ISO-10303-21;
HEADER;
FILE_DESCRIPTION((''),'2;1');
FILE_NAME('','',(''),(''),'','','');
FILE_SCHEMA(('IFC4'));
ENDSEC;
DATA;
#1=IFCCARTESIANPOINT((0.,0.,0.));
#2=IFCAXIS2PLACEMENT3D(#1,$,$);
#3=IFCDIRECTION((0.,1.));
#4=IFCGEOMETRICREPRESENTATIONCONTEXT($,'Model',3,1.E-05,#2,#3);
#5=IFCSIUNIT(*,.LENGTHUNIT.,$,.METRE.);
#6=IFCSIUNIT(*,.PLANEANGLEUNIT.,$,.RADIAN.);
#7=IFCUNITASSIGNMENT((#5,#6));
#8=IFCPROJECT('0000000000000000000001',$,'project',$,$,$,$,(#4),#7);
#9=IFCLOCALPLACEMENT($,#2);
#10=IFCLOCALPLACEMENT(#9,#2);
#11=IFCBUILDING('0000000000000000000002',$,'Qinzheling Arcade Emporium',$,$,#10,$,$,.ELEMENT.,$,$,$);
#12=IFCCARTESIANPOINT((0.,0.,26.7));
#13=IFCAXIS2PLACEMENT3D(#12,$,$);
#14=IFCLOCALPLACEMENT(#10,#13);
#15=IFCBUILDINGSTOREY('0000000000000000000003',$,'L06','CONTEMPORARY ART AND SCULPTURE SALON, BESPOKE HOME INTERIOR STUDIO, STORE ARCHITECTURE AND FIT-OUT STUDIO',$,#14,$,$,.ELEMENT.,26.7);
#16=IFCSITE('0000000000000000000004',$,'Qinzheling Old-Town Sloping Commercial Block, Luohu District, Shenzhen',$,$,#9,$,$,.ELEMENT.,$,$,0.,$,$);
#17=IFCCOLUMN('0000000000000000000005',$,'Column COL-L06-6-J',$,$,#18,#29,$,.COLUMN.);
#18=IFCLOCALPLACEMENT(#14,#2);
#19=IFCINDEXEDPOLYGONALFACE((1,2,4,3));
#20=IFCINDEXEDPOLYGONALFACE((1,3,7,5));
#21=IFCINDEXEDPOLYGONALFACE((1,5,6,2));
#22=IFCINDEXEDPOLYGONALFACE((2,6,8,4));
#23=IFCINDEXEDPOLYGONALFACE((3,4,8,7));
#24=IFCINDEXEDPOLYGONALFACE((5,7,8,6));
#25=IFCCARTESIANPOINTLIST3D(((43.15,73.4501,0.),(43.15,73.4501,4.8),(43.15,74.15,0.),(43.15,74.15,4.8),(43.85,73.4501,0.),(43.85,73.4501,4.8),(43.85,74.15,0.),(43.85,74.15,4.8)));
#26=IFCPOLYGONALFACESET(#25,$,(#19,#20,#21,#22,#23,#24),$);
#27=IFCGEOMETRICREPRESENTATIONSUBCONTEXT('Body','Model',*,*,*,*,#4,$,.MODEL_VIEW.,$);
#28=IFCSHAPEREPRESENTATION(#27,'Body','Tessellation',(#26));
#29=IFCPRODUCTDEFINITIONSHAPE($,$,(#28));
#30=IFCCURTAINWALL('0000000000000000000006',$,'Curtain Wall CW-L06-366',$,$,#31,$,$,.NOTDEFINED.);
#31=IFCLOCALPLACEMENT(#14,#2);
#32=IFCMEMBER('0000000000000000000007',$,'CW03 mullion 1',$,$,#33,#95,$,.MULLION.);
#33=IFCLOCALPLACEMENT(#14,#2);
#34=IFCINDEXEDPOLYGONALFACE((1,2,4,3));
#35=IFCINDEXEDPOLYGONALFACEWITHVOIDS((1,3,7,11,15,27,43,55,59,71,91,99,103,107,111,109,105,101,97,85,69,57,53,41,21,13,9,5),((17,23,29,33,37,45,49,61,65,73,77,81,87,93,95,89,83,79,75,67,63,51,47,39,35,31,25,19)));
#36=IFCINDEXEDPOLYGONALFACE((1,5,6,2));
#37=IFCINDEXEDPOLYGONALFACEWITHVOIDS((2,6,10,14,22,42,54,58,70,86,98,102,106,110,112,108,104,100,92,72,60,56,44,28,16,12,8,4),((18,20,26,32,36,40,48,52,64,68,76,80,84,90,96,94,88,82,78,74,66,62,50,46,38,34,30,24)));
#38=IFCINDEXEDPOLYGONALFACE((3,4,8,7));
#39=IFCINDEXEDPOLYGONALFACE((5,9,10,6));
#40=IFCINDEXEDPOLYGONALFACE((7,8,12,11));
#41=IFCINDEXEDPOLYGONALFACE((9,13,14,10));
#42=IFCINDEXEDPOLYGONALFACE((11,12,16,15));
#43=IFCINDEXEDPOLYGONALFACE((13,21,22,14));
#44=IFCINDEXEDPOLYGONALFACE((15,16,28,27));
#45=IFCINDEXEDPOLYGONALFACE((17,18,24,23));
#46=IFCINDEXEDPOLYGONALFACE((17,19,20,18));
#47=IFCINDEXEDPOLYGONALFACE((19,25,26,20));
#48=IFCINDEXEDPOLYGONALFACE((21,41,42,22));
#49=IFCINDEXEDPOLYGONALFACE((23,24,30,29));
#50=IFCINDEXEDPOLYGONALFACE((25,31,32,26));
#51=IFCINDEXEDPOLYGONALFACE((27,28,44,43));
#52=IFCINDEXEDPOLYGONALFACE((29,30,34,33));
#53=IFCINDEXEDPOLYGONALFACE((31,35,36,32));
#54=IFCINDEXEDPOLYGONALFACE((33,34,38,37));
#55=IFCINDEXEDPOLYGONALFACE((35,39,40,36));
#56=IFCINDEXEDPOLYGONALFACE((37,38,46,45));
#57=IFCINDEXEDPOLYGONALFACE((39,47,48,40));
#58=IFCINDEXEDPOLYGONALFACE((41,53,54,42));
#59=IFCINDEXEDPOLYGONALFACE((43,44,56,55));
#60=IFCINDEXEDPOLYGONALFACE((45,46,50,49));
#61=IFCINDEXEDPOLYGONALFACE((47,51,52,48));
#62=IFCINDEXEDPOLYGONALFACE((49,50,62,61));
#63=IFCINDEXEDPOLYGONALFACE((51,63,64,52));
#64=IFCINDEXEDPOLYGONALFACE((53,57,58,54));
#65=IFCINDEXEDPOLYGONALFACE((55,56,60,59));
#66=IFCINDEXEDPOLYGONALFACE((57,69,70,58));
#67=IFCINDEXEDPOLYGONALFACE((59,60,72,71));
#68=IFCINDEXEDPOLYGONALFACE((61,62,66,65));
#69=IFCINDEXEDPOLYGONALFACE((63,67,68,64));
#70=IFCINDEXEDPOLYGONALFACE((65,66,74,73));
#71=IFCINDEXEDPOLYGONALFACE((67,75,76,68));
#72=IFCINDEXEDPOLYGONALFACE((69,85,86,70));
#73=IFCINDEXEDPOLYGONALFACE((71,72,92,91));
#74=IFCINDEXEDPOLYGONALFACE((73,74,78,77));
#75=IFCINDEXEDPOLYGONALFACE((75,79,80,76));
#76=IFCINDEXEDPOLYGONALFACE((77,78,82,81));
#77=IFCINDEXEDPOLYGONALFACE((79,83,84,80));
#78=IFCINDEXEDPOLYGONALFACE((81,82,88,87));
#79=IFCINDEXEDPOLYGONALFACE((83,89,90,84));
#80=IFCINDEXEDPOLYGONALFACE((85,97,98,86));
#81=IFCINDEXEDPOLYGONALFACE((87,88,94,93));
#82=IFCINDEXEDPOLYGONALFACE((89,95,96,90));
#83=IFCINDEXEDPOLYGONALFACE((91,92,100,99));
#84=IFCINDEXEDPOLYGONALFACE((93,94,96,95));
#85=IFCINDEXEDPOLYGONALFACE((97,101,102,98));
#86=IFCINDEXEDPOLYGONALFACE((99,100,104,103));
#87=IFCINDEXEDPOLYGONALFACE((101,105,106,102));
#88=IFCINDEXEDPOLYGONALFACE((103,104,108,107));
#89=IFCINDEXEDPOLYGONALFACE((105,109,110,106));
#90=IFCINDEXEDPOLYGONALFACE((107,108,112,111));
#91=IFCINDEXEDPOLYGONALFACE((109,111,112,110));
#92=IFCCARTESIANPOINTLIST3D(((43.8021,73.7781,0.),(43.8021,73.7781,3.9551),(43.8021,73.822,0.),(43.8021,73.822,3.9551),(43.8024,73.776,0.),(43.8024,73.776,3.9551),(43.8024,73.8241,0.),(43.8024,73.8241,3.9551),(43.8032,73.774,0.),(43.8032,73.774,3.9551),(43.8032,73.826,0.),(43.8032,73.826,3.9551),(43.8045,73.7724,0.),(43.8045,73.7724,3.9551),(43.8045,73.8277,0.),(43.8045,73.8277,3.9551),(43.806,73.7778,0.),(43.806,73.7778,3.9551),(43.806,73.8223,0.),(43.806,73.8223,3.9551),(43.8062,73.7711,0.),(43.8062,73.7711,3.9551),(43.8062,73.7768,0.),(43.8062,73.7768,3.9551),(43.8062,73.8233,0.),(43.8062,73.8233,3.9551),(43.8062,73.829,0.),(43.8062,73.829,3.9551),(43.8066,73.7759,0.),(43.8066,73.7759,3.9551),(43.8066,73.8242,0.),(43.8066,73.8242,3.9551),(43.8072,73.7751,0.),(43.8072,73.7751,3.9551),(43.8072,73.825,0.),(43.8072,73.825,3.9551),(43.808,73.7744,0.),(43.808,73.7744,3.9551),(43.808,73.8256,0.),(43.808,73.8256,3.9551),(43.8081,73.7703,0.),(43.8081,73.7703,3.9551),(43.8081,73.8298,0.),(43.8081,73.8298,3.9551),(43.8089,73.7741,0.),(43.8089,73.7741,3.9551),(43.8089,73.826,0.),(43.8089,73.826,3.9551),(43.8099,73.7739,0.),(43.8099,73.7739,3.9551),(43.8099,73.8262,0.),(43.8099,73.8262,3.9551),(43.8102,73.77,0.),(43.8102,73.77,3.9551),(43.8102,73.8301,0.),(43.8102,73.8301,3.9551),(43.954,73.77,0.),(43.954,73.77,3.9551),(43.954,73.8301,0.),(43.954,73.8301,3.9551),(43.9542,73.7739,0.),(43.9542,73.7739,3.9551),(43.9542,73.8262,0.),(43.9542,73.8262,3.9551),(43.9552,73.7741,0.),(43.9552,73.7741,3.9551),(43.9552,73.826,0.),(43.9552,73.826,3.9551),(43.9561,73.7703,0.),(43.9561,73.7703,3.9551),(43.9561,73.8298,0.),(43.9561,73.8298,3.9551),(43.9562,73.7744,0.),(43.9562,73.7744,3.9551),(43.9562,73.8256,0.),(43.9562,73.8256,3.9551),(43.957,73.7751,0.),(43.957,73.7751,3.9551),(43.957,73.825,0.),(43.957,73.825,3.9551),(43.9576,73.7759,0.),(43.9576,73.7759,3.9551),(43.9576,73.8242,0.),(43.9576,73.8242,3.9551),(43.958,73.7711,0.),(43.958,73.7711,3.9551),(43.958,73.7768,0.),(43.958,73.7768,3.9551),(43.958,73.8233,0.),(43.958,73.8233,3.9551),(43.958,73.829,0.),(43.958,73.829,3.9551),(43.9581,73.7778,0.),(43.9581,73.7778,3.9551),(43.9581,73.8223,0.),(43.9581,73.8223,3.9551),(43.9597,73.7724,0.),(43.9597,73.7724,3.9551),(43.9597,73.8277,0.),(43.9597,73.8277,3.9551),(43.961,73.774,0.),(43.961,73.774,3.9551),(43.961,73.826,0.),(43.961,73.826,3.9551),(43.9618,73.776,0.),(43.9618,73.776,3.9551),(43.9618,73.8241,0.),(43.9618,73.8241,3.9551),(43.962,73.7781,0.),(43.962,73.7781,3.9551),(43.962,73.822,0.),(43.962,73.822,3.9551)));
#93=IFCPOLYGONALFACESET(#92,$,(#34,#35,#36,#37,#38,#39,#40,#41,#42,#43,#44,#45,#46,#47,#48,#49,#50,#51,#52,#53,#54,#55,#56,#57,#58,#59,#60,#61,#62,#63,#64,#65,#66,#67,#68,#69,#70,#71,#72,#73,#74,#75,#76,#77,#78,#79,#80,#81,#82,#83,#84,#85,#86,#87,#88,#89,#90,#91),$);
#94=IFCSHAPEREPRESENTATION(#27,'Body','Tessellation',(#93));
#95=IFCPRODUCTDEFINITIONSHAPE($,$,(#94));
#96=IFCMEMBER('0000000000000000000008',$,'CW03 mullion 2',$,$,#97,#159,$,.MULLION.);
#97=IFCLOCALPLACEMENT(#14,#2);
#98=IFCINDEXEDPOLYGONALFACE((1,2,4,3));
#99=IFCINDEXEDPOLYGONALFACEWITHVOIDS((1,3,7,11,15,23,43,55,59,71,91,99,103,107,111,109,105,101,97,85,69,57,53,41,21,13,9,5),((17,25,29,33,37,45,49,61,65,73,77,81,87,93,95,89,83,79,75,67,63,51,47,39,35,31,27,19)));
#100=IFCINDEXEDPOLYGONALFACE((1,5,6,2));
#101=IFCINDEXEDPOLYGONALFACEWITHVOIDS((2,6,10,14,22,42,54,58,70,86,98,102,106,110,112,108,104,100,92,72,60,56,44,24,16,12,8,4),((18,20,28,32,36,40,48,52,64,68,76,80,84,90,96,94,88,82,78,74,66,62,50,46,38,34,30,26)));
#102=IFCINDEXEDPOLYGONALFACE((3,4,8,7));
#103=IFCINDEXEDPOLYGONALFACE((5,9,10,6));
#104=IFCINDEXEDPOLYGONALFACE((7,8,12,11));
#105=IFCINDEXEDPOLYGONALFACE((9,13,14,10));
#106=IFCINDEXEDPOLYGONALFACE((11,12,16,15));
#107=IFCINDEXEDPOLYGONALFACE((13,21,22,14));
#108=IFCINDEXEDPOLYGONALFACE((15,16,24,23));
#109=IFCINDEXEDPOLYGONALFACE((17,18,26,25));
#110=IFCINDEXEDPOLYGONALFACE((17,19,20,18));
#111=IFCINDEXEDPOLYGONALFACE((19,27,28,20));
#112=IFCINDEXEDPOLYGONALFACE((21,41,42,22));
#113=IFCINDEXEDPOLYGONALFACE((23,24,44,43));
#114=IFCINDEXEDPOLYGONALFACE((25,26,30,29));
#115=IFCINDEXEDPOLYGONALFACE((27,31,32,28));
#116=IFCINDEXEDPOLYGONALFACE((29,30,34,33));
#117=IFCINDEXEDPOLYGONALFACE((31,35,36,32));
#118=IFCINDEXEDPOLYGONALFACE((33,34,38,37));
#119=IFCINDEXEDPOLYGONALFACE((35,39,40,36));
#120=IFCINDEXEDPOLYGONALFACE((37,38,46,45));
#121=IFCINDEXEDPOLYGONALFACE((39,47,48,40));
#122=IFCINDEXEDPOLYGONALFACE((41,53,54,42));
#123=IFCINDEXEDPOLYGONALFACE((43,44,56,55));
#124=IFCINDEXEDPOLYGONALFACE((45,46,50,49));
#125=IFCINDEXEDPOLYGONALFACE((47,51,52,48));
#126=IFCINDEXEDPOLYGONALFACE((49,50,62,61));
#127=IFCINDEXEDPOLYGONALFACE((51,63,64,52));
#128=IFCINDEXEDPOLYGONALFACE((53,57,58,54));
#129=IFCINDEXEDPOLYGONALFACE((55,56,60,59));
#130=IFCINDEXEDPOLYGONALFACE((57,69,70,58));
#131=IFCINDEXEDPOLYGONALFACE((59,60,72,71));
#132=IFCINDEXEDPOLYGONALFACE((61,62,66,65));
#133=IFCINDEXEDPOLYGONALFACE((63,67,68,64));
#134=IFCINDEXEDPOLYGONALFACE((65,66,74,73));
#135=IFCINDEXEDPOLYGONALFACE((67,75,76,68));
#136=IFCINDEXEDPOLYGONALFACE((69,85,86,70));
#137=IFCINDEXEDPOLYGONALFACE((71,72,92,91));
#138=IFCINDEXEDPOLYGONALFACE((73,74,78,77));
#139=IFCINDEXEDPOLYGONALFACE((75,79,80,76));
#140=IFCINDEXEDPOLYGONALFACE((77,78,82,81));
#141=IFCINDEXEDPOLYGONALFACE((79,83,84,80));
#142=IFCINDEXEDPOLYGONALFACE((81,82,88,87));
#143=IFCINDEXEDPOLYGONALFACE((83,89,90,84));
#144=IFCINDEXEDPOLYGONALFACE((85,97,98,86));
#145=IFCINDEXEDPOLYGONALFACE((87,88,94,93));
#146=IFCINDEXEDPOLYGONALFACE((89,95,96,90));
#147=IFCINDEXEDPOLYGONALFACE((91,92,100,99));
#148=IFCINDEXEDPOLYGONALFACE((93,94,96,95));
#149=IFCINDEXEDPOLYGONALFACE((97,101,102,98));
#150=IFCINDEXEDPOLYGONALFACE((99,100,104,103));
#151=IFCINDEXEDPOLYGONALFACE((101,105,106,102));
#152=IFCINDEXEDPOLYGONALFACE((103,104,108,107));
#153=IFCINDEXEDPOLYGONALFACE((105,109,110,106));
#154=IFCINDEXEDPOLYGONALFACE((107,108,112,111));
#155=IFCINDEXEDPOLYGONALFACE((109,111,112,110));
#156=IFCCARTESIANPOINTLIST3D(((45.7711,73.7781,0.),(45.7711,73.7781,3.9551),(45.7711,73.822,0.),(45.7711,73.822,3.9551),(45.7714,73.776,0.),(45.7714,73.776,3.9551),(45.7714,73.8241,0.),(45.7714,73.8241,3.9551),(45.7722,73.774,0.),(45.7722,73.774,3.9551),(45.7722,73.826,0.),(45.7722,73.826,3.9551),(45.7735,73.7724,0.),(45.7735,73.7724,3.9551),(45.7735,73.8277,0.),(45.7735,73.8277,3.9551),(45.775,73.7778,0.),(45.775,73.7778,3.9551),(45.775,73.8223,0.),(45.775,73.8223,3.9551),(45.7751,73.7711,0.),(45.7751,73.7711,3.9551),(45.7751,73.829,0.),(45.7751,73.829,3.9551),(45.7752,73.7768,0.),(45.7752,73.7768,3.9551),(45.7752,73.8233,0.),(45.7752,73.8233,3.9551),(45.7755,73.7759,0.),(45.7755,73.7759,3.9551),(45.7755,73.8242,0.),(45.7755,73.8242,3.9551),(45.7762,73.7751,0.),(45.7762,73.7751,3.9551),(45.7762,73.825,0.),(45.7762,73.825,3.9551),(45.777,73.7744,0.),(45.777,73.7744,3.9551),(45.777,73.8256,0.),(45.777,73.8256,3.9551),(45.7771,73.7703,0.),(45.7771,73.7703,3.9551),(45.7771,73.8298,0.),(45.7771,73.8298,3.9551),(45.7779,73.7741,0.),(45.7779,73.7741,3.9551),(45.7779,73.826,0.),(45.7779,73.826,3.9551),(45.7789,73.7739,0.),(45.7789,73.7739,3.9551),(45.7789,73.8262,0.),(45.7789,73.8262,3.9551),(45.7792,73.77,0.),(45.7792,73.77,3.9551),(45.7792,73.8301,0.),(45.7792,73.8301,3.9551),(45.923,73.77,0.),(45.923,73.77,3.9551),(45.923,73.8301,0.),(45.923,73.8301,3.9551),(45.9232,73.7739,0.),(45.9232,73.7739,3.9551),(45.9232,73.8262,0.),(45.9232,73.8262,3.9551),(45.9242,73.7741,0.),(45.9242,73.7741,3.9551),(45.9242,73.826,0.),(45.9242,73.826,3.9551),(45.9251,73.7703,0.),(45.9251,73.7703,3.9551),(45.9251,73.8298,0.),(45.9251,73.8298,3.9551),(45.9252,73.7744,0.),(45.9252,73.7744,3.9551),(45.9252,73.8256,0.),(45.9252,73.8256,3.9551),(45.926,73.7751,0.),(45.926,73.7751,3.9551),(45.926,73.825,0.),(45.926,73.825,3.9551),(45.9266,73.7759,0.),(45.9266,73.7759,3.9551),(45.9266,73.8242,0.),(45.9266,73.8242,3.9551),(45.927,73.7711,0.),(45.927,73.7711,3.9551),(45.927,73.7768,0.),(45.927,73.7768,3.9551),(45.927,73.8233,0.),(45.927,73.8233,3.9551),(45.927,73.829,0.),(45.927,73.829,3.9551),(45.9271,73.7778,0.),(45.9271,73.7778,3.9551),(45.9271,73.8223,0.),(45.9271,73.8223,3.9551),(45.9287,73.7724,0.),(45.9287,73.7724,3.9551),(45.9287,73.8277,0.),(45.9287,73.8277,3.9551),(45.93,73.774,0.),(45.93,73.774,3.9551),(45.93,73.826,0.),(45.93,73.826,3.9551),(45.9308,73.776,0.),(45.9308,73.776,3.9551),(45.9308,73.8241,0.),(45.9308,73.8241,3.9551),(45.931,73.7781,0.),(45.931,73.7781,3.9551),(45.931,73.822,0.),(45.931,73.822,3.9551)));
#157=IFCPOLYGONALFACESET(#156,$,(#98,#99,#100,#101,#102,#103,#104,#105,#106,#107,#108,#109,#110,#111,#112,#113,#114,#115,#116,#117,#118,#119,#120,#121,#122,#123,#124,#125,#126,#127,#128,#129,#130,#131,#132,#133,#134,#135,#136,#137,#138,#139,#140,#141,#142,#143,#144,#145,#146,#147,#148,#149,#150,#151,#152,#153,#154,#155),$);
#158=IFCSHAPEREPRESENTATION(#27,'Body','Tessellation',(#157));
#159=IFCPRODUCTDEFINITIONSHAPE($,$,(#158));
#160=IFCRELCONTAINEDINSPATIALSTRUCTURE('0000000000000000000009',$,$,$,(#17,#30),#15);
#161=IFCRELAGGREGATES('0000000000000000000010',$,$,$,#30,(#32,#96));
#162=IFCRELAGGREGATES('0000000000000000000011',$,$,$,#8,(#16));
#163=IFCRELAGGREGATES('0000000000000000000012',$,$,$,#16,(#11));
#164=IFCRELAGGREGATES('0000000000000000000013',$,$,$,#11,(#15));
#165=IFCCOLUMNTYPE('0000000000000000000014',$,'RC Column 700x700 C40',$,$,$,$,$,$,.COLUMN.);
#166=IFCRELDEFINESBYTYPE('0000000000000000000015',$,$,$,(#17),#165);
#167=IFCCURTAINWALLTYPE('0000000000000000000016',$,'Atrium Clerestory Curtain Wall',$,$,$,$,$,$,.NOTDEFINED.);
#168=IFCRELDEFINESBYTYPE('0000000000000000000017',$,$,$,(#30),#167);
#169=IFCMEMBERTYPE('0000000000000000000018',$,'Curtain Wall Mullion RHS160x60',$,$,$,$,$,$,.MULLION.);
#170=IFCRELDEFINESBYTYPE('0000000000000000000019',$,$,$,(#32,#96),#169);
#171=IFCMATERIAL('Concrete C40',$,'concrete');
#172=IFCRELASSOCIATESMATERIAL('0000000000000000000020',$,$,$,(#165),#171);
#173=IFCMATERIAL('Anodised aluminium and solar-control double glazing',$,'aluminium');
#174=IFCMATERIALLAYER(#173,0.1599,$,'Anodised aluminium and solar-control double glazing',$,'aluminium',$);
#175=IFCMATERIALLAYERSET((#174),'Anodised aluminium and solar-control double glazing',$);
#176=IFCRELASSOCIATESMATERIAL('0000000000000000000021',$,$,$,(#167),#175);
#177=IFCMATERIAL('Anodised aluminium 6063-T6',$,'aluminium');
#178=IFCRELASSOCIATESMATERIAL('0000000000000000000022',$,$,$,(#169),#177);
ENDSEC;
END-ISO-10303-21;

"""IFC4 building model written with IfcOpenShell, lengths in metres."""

from ifc_helpers import new_model, si_unit, direction, frame, origin, origin_2d, place, context, subcontext, project, spatial, rectangle, hollow_rectangle, extrude, material, layer, layer_set, material_profile, profile_set, type_object, element, aggregate, save


model = new_model("IFC4")

# Units and contexts
model_context = context("Model", 3, precision=1e-05, world=origin(), true_north=direction((0.0, 1.0)))
body_context = subcontext(model_context, "Body", "Model", "MODEL_VIEW")
ifc_project = project(units=[si_unit("LENGTHUNIT", "METRE"), si_unit("PLANEANGLEUNIT", "RADIAN")], contexts=[model_context])

# Site, building, storey
site_placement = place(None, origin())
site = spatial("IfcSite", under=ifc_project, at=site_placement, Name="Qinzheling Old-Town Sloping Commercial Block, Luohu District, Shenzhen", CompositionType="ELEMENT", RefElevation=0.0)
building_placement = place(site_placement, origin())
building = spatial("IfcBuilding", under=site, at=building_placement, Name="Qinzheling Arcade Emporium", CompositionType="ELEMENT")
storey_placement = place(building_placement, frame((0.0, 0.0, 26.7)))
storey = spatial("IfcBuildingStorey", under=building, at=storey_placement, Name="L06", Description="CONTEMPORARY ART AND SCULPTURE SALON, BESPOKE HOME INTERIOR STUDIO, STORE ARCHITECTURE AND FIT-OUT STUDIO", CompositionType="ELEMENT", Elevation=26.7)

# Column
ifc_material_1 = material(Name="Concrete C40", Category="concrete")
ifc_material_profile_1 = material_profile(ifc_material_1, rectangle(XDim=0.7, YDim=0.7, at=origin_2d()), Name="RC 700x700", Category="concrete")
ifc_profile_set_1 = profile_set([ifc_material_profile_1], Name="Concrete C40")
column_type = type_object("IfcColumnType", Name="RC Column 700x700 C40", PredefinedType="COLUMN", material=ifc_profile_set_1)
column_placement = place(storey_placement, frame((43.5, 73.8, 0.0), z_axis=(0.0, 0.0, 1.0), x_axis=(1.0, 0.0, 0.0)))
element("IfcColumn", 1, at=column_placement, inside=storey, type_object=column_type, Name="Column COL-L06-6-J", PredefinedType="COLUMN", context=body_context, shape_type="SweptSolid", body=[
    extrude(rectangle(XDim=0.7, YDim=0.7, at=origin_2d()), origin(), (0.0, 0.0, 1.0), 4.8),
])

# Curtain wall, members
ifc_material_2 = material(Name="Anodised aluminium and solar-control double glazing", Category="aluminium")
ifc_layer_1 = layer(ifc_material_2, 0.1599, Name="Anodised aluminium and solar-control double glazing", Category="aluminium")
ifc_layer_set_1 = layer_set([ifc_layer_1], Name="Anodised aluminium and solar-control double glazing")
curtain_wall_type = type_object("IfcCurtainWallType", Name="Atrium Clerestory Curtain Wall", PredefinedType="NOTDEFINED", material=ifc_layer_set_1)
curtain_wall_placement = place(storey_placement, origin())
curtain_wall = element("IfcCurtainWall", 2, at=curtain_wall_placement, inside=storey, type_object=curtain_wall_type, Name="Curtain Wall CW-L06-366", PredefinedType="NOTDEFINED")
ifc_material_3 = material(Name="Anodised aluminium 6063-T6", Category="aluminium")
ifc_material_profile_2 = material_profile(ifc_material_3, hollow_rectangle(XDim=0.0601, YDim=0.1599, WallThickness=0.0039, InnerFilletRadius=0.0039, OuterFilletRadius=0.0081, at=origin_2d()), Name="RHS 160x60x4", Category="aluminium")
ifc_profile_set_2 = profile_set([ifc_material_profile_2], Name="Anodised aluminium 6063-T6")
member_type_1 = type_object("IfcMemberType", Name="Curtain Wall Mullion RHS160x60", PredefinedType="MULLION", material=ifc_profile_set_2)
member_1_placement = place(storey_placement, frame((43.8821, 73.8, 0.0), z_axis=(0.0, 0.0, 1.0), x_axis=(0.0, 1.0, 0.0)))
member_1 = element("IfcMember", 3, at=member_1_placement, type_object=member_type_1, Name="CW03 mullion 1", PredefinedType="MULLION", context=body_context, shape_type="SweptSolid", body=[
    extrude(hollow_rectangle(XDim=0.0601, YDim=0.1599, WallThickness=0.0039, InnerFilletRadius=0.0039, OuterFilletRadius=0.0081, at=origin_2d()), origin(), (0.0, 0.0, 1.0), 3.9551),
])
member_2_placement = place(storey_placement, frame((45.8511, 73.8, 0.0), z_axis=(0.0, 0.0, 1.0), x_axis=(0.0, 1.0, 0.0)))
member_2 = element("IfcMember", 4, at=member_2_placement, type_object=member_type_1, Name="CW03 mullion 2", PredefinedType="MULLION", context=body_context, shape_type="SweptSolid", body=[
    extrude(hollow_rectangle(XDim=0.0601, YDim=0.1599, WallThickness=0.0039, InnerFilletRadius=0.0039, OuterFilletRadius=0.0081, at=origin_2d()), origin(), (0.0, 0.0, 1.0), 3.9551),
])

aggregate(curtain_wall, [member_1, member_2])

save(model, "model.ifc")
